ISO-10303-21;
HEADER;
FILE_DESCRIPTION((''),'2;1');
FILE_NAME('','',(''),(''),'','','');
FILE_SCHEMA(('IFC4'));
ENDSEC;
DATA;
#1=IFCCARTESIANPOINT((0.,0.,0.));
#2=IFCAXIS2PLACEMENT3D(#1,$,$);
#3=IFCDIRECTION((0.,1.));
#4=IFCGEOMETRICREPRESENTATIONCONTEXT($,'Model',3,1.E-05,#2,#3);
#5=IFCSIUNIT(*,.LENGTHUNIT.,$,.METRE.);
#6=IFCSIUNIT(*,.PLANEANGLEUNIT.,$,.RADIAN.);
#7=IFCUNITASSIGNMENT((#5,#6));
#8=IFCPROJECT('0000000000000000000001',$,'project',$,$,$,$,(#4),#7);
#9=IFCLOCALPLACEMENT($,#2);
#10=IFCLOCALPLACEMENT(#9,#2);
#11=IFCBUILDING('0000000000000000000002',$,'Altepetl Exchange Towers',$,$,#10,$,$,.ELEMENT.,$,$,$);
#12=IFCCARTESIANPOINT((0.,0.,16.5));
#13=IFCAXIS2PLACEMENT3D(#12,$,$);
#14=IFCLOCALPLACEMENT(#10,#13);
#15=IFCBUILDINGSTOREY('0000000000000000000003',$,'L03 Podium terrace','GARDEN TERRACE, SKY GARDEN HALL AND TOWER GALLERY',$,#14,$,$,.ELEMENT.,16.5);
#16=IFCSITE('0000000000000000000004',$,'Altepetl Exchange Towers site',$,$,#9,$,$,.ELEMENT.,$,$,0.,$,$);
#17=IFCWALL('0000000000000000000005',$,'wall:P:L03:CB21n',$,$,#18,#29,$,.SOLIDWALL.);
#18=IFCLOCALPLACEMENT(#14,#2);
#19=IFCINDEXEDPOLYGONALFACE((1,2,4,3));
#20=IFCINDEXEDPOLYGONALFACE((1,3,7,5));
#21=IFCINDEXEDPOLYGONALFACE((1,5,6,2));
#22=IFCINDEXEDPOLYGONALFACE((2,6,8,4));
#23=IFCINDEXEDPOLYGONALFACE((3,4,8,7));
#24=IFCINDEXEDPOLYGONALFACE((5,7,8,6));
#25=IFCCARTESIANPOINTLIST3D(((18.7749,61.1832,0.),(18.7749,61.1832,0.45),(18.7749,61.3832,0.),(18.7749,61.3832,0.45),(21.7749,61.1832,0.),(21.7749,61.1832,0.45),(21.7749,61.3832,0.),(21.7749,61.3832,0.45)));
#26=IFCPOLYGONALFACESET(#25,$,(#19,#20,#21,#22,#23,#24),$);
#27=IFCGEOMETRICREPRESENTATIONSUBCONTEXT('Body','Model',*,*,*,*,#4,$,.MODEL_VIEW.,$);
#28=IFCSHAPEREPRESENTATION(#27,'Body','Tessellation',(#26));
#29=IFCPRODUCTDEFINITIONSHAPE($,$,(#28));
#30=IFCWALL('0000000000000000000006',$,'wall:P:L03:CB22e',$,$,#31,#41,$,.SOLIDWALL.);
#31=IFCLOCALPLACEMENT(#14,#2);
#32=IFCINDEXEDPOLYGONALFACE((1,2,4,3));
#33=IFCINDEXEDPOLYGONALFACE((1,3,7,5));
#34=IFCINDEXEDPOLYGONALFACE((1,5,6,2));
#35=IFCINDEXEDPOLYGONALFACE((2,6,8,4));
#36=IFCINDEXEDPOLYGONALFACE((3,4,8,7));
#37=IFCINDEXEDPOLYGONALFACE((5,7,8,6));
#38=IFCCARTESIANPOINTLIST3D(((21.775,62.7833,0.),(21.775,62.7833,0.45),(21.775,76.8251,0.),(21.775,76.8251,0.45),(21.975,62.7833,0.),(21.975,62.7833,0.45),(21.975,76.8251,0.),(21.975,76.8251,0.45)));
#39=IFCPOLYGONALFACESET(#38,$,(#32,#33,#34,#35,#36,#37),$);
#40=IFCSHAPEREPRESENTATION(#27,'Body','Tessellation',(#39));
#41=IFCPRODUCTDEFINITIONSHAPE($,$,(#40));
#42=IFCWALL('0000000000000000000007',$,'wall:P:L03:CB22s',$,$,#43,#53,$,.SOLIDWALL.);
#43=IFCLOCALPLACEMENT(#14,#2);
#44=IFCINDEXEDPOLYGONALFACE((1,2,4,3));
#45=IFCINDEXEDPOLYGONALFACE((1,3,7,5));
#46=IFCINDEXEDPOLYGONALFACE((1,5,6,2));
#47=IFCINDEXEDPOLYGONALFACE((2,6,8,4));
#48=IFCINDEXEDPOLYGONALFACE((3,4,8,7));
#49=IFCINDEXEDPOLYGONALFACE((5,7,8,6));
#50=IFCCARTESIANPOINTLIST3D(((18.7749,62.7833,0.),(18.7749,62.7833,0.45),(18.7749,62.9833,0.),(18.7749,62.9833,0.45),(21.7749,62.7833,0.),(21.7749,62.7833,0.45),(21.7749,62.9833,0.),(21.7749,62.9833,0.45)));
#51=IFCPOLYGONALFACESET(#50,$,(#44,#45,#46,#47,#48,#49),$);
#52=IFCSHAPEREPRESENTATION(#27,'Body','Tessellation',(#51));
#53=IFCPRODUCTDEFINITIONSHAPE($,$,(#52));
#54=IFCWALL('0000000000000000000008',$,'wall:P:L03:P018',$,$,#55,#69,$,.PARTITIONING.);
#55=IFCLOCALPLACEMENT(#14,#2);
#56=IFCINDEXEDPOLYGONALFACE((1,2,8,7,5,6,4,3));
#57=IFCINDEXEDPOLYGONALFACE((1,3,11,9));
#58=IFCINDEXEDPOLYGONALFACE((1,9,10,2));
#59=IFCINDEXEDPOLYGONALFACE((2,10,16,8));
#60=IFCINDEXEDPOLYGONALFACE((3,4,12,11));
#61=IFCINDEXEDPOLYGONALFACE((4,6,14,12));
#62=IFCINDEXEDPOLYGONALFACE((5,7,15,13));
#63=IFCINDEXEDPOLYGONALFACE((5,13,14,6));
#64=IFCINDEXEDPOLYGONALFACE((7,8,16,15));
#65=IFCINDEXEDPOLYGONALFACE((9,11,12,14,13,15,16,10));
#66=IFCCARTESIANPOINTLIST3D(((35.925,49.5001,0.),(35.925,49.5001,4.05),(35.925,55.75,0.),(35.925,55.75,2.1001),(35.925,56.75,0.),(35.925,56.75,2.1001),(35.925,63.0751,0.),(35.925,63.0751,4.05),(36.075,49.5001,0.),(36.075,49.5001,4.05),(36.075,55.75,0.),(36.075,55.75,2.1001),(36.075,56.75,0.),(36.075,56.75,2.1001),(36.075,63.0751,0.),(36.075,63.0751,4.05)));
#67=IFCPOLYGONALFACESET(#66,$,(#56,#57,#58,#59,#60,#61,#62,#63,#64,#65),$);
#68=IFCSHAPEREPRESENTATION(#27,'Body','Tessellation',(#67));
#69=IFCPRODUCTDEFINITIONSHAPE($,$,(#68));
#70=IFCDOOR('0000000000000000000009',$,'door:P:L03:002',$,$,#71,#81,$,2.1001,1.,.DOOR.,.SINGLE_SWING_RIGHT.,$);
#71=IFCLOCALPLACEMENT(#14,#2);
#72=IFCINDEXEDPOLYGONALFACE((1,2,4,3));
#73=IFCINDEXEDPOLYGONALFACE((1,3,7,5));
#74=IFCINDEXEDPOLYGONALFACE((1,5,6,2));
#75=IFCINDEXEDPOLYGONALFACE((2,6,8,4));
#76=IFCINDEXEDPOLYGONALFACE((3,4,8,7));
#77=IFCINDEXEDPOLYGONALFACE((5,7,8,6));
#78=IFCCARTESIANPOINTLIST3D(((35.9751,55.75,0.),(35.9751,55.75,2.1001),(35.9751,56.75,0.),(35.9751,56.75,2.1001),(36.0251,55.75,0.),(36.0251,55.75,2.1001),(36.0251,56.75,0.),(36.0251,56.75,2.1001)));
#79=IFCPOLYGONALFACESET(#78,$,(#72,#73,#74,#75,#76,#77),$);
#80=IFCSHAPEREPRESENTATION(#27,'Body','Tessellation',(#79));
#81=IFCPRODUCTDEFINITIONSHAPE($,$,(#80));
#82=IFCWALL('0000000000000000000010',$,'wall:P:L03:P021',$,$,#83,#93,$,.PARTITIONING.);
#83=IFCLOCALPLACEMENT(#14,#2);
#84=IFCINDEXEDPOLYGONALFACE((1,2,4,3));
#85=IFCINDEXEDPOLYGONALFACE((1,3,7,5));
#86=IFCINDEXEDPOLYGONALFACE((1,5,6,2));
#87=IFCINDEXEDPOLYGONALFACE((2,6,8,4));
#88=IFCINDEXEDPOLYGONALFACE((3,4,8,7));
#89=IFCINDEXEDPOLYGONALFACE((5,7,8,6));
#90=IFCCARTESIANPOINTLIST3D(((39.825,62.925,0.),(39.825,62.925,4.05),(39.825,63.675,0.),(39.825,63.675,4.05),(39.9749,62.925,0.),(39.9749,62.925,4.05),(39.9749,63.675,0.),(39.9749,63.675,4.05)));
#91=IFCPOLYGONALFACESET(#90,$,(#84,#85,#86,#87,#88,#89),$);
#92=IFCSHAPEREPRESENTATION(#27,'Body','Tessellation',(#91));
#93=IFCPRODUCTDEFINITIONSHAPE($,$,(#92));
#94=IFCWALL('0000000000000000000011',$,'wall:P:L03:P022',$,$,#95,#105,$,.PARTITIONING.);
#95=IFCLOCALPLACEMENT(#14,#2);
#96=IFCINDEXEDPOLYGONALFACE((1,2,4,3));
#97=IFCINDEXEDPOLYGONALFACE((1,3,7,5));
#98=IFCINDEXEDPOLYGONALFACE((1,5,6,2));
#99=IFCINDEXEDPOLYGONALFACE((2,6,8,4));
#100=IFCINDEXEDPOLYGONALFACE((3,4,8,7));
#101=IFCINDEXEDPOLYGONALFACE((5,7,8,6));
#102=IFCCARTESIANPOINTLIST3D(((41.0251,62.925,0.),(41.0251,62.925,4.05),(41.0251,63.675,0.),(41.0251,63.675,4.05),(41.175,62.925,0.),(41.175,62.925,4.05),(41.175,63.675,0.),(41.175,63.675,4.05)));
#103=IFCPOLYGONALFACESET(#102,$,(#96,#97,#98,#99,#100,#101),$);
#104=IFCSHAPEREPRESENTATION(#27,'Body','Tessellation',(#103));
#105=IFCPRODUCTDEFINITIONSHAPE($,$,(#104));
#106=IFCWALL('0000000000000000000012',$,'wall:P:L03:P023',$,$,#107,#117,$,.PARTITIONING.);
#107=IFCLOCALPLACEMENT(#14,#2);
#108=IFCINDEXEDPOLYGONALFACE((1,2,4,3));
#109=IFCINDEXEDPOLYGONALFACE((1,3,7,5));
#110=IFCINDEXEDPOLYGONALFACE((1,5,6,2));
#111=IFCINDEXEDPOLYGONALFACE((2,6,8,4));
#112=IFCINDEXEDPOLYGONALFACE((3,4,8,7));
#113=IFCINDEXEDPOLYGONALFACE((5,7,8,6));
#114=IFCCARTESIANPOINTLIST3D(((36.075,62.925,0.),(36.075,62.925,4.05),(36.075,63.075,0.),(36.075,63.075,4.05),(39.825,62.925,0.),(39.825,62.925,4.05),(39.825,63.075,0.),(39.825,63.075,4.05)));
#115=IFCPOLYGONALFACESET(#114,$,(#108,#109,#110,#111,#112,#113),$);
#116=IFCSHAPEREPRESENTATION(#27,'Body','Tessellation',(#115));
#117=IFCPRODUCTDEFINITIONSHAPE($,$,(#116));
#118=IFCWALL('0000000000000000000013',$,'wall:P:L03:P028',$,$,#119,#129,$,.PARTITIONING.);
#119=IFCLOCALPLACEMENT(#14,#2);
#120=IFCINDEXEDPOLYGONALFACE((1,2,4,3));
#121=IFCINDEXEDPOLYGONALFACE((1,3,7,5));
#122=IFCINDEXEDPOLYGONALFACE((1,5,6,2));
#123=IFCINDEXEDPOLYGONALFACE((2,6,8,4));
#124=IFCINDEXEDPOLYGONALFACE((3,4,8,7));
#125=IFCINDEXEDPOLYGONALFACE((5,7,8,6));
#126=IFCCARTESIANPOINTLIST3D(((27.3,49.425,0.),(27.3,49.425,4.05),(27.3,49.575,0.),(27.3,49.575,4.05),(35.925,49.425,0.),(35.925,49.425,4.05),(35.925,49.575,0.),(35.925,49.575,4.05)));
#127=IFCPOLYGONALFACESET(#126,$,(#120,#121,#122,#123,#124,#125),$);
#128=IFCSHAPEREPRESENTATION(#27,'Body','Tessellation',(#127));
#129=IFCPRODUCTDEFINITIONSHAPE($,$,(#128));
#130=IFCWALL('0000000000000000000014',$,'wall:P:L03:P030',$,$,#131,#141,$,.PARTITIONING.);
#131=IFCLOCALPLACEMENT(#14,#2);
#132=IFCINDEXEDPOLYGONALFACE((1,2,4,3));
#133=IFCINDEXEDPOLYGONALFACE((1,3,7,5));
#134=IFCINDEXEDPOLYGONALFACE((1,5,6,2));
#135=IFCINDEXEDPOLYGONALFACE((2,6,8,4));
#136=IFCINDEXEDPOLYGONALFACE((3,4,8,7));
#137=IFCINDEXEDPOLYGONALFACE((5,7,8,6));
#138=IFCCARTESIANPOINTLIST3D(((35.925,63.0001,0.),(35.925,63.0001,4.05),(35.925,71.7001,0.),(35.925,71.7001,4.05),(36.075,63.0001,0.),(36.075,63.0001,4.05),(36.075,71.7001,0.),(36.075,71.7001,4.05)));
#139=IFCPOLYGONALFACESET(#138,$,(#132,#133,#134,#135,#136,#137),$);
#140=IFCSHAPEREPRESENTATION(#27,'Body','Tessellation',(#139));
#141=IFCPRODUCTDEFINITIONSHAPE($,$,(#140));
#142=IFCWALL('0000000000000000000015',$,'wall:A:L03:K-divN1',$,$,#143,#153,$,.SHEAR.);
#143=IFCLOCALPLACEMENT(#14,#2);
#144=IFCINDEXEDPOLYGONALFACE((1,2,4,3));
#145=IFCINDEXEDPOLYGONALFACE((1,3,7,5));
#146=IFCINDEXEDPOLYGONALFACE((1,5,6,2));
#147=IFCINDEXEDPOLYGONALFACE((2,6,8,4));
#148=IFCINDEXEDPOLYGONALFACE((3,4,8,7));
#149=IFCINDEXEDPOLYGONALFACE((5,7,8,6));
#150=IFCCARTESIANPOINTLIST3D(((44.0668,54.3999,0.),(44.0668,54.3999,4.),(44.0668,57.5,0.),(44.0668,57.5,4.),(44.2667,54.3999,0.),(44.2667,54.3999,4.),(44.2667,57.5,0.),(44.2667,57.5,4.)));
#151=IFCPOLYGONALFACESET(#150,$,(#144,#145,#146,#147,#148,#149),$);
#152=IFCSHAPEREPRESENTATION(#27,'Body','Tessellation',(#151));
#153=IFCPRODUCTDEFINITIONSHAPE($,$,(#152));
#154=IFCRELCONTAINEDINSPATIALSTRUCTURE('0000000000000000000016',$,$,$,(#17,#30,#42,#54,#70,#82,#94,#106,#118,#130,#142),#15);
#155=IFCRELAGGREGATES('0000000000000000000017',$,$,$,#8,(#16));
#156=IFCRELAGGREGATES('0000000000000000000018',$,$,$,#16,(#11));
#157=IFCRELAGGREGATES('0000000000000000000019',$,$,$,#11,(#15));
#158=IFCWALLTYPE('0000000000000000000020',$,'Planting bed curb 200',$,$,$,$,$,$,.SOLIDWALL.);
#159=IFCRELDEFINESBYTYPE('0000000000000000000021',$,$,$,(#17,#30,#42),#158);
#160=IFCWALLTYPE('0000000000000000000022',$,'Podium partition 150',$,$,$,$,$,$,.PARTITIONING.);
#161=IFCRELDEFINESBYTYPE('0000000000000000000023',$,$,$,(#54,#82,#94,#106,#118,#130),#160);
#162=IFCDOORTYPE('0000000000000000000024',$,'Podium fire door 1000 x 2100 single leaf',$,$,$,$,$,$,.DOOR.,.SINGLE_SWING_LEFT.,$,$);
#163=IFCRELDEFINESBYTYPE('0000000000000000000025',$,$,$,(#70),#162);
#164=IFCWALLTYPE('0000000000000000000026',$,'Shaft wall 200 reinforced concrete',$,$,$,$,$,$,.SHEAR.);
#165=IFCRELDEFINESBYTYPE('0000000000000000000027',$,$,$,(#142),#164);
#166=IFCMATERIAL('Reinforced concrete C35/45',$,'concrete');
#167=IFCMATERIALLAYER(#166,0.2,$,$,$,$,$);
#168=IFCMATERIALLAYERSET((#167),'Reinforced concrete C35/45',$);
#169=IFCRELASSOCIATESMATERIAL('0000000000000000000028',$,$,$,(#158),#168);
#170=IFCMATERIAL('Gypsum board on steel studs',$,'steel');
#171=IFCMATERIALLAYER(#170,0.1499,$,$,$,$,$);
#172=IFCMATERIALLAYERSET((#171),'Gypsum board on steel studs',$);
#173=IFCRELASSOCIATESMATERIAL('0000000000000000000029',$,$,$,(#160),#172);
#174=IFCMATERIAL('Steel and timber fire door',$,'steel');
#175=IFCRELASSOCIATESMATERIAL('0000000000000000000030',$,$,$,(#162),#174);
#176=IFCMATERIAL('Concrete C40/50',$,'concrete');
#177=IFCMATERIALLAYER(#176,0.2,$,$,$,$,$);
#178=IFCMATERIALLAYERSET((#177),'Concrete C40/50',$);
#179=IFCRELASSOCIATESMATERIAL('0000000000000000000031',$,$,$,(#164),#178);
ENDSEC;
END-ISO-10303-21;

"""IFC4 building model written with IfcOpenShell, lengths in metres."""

from ifc_helpers import new_model, si_unit, direction, frame, frame_2d, origin, place, context, subcontext, project, spatial, rectangle, extrude, material, layer, layer_set, type_object, element, fill, save


model = new_model("IFC4")

# Units and contexts
model_context = context("Model", 3, precision=1e-05, world=origin(), true_north=direction((0.0, 1.0)))
body_context = subcontext(model_context, "Body", "Model", "MODEL_VIEW")
ifc_project = project(units=[si_unit("LENGTHUNIT", "METRE"), si_unit("PLANEANGLEUNIT", "RADIAN")], contexts=[model_context])

# Site, building, storey
site_placement = place(None, origin())
site = spatial("IfcSite", under=ifc_project, at=site_placement, Name="Altepetl Exchange Towers site", CompositionType="ELEMENT", RefElevation=0.0)
building_placement = place(site_placement, origin())
building = spatial("IfcBuilding", under=site, at=building_placement, Name="Altepetl Exchange Towers", CompositionType="ELEMENT")
storey_placement = place(building_placement, frame((0.0, 0.0, 16.5)))
storey = spatial("IfcBuildingStorey", under=building, at=storey_placement, Name="L03 Podium terrace", Description="GARDEN TERRACE, SKY GARDEN HALL AND TOWER GALLERY", CompositionType="ELEMENT", Elevation=16.5)

# Shared definitions
ifc_material_1 = material(Name="Steel and timber fire door", Category="steel")

# Walls
ifc_material_2 = material(Name="Reinforced concrete C35/45", Category="concrete")
ifc_layer_1 = layer(ifc_material_2, 0.2)
ifc_layer_set_1 = layer_set([ifc_layer_1], Name="Reinforced concrete C35/45")
wall_type_1 = type_object("IfcWallType", Name="Planting bed curb 200", PredefinedType="SOLIDWALL", material=ifc_layer_set_1)
wall_1_placement = place(storey_placement, frame((18.7749, 61.2832, 0.0)))
element("IfcWall", 1, at=wall_1_placement, inside=storey, type_object=wall_type_1, Name="wall:P:L03:CB21n", PredefinedType="SOLIDWALL", context=body_context, shape_type="SweptSolid", body=[
    extrude(rectangle(XDim=3.0, YDim=0.2, at=frame_2d((1.5, 0.0))), origin(), (0.0, 0.0, 1.0), 0.45),
])
wall_2_placement = place(storey_placement, frame((21.875, 62.7832, 0.0), z_axis=(0.0, 0.0, 1.0), x_axis=(0.0, 1.0, 0.0)))
element("IfcWall", 2, at=wall_2_placement, inside=storey, type_object=wall_type_1, Name="wall:P:L03:CB22e", PredefinedType="SOLIDWALL", context=body_context, shape_type="SweptSolid", body=[
    extrude(rectangle(XDim=14.0417, YDim=0.2, at=frame_2d((7.021, 0.0))), origin(), (0.0, 0.0, 1.0), 0.45),
])
wall_3_placement = place(storey_placement, frame((18.7749, 62.8833, 0.0)))
element("IfcWall", 3, at=wall_3_placement, inside=storey, type_object=wall_type_1, Name="wall:P:L03:CB22s", PredefinedType="SOLIDWALL", context=body_context, shape_type="SweptSolid", body=[
    extrude(rectangle(XDim=3.0, YDim=0.2, at=frame_2d((1.5, 0.0))), origin(), (0.0, 0.0, 1.0), 0.45),
])

# Wall, opening, door
ifc_material_3 = material(Name="Gypsum board on steel studs", Category="steel")
ifc_layer_2 = layer(ifc_material_3, 0.1499)
ifc_layer_set_2 = layer_set([ifc_layer_2], Name="Gypsum board on steel studs")
wall_type_2 = type_object("IfcWallType", Name="Podium partition 150", PredefinedType="PARTITIONING", material=ifc_layer_set_2)
wall_4_placement = place(storey_placement, frame((36.0, 49.5, 0.0), z_axis=(0.0, 0.0, 1.0), x_axis=(0.0, 1.0, 0.0)))
wall_4 = element("IfcWall", 4, at=wall_4_placement, inside=storey, type_object=wall_type_2, Name="wall:P:L03:P018", PredefinedType="PARTITIONING", context=body_context, shape_type="SweptSolid", body=[
    extrude(rectangle(XDim=13.575, YDim=0.1499, at=frame_2d((6.7876, 0.0))), origin(), (0.0, 0.0, 1.0), 4.05),
])
opening_1_placement = place(wall_4_placement, frame((6.25, 0.0, 0.0)))
opening_1 = element("IfcOpeningElement", 5, at=opening_1_placement, cuts=wall_4, PredefinedType="OPENING", context=body_context, shape_type="SweptSolid", body=[
    extrude(rectangle(XDim=1.0, YDim=2.1001, at=frame_2d((0.5, 1.05))), frame((0.0, 0.085, 0.0), z_axis=(0.0, -1.0, 0.0), x_axis=(1.0, 0.0, 0.0)), (0.0, 0.0, 1.0), 0.1699),
])
door_type_1 = type_object("IfcDoorType", Name="Podium fire door 1000 x 2100 single leaf", OperationType="SINGLE_SWING_LEFT", PredefinedType="DOOR", material=ifc_material_1)
door_1_placement = place(opening_1_placement, origin())
door_1 = element("IfcDoor", 6, at=door_1_placement, inside=storey, type_object=door_type_1, Name="door:P:L03:002", OperationType="SINGLE_SWING_RIGHT", OverallHeight=2.1001, OverallWidth=1.0, PredefinedType="DOOR", context=body_context, shape_type="SweptSolid", body=[
    extrude(rectangle(XDim=1.0, YDim=2.1001, at=frame_2d((0.5, 1.05))), frame((0.0, 0.0249, 0.0), z_axis=(0.0, -1.0, 0.0), x_axis=(1.0, 0.0, 0.0)), (0.0, 0.0, 1.0), 0.05),
])
fill(opening_1, door_1)

# Walls
for number, where, z_axis, x_axis, name in (
    (7, (39.8999, 62.925, 0.0), (0.0, 0.0, 1.0), (0.0, 1.0, 0.0), "wall:P:L03:P021"),
    (8, (41.1001, 62.925, 0.0), (0.0, 0.0, 1.0), (0.0, 1.0, 0.0), "wall:P:L03:P022"),
):
    element("IfcWall", number, at=place(storey_placement, frame(where, z_axis=z_axis, x_axis=x_axis)), inside=storey, type_object=wall_type_2, Name=name, PredefinedType="PARTITIONING", context=body_context, shape_type="SweptSolid", body=[
        extrude(rectangle(XDim=0.75, YDim=0.1499, at=frame_2d((0.375, 0.0))), origin(), (0.0, 0.0, 1.0), 4.05),
    ])
wall_5_placement = place(storey_placement, frame((36.075, 63.0, 0.0)))
element("IfcWall", 9, at=wall_5_placement, inside=storey, type_object=wall_type_2, Name="wall:P:L03:P023", PredefinedType="PARTITIONING", context=body_context, shape_type="SweptSolid", body=[
    extrude(rectangle(XDim=3.75, YDim=0.1499, at=frame_2d((1.875, 0.0))), origin(), (0.0, 0.0, 1.0), 4.05),
])
wall_6_placement = place(storey_placement, frame((27.3, 49.5, 0.0)))
element("IfcWall", 10, at=wall_6_placement, inside=storey, type_object=wall_type_2, Name="wall:P:L03:P028", PredefinedType="PARTITIONING", context=body_context, shape_type="SweptSolid", body=[
    extrude(rectangle(XDim=8.625, YDim=0.1499, at=frame_2d((4.3125, 0.0))), origin(), (0.0, 0.0, 1.0), 4.05),
])
wall_7_placement = place(storey_placement, frame((36.0, 63.0, 0.0), z_axis=(0.0, 0.0, 1.0), x_axis=(0.0, 1.0, 0.0)))
element("IfcWall", 11, at=wall_7_placement, inside=storey, type_object=wall_type_2, Name="wall:P:L03:P030", PredefinedType="PARTITIONING", context=body_context, shape_type="SweptSolid", body=[
    extrude(rectangle(XDim=8.7, YDim=0.1499, at=frame_2d((4.3501, 0.0))), origin(), (0.0, 0.0, 1.0), 4.05),
])
ifc_material_4 = material(Name="Concrete C40/50", Category="concrete")
ifc_layer_3 = layer(ifc_material_4, 0.2)
ifc_layer_set_3 = layer_set([ifc_layer_3], Name="Concrete C40/50")
wall_type_3 = type_object("IfcWallType", Name="Shaft wall 200 reinforced concrete", PredefinedType="SHEAR", material=ifc_layer_set_3)
wall_8_placement = place(storey_placement, frame((44.1667, 57.5, 0.0), z_axis=(0.0, 0.0, 1.0), x_axis=(0.0, -1.0, 0.0)))
element("IfcWall", 12, at=wall_8_placement, inside=storey, type_object=wall_type_3, Name="wall:A:L03:K-divN1", PredefinedType="SHEAR", context=body_context, shape_type="SweptSolid", body=[
    extrude(rectangle(XDim=3.1001, YDim=0.2, at=frame_2d((1.55, 0.0))), origin(), (0.0, 0.0, 1.0), 4.0),
])

save(model, "model.ifc")
